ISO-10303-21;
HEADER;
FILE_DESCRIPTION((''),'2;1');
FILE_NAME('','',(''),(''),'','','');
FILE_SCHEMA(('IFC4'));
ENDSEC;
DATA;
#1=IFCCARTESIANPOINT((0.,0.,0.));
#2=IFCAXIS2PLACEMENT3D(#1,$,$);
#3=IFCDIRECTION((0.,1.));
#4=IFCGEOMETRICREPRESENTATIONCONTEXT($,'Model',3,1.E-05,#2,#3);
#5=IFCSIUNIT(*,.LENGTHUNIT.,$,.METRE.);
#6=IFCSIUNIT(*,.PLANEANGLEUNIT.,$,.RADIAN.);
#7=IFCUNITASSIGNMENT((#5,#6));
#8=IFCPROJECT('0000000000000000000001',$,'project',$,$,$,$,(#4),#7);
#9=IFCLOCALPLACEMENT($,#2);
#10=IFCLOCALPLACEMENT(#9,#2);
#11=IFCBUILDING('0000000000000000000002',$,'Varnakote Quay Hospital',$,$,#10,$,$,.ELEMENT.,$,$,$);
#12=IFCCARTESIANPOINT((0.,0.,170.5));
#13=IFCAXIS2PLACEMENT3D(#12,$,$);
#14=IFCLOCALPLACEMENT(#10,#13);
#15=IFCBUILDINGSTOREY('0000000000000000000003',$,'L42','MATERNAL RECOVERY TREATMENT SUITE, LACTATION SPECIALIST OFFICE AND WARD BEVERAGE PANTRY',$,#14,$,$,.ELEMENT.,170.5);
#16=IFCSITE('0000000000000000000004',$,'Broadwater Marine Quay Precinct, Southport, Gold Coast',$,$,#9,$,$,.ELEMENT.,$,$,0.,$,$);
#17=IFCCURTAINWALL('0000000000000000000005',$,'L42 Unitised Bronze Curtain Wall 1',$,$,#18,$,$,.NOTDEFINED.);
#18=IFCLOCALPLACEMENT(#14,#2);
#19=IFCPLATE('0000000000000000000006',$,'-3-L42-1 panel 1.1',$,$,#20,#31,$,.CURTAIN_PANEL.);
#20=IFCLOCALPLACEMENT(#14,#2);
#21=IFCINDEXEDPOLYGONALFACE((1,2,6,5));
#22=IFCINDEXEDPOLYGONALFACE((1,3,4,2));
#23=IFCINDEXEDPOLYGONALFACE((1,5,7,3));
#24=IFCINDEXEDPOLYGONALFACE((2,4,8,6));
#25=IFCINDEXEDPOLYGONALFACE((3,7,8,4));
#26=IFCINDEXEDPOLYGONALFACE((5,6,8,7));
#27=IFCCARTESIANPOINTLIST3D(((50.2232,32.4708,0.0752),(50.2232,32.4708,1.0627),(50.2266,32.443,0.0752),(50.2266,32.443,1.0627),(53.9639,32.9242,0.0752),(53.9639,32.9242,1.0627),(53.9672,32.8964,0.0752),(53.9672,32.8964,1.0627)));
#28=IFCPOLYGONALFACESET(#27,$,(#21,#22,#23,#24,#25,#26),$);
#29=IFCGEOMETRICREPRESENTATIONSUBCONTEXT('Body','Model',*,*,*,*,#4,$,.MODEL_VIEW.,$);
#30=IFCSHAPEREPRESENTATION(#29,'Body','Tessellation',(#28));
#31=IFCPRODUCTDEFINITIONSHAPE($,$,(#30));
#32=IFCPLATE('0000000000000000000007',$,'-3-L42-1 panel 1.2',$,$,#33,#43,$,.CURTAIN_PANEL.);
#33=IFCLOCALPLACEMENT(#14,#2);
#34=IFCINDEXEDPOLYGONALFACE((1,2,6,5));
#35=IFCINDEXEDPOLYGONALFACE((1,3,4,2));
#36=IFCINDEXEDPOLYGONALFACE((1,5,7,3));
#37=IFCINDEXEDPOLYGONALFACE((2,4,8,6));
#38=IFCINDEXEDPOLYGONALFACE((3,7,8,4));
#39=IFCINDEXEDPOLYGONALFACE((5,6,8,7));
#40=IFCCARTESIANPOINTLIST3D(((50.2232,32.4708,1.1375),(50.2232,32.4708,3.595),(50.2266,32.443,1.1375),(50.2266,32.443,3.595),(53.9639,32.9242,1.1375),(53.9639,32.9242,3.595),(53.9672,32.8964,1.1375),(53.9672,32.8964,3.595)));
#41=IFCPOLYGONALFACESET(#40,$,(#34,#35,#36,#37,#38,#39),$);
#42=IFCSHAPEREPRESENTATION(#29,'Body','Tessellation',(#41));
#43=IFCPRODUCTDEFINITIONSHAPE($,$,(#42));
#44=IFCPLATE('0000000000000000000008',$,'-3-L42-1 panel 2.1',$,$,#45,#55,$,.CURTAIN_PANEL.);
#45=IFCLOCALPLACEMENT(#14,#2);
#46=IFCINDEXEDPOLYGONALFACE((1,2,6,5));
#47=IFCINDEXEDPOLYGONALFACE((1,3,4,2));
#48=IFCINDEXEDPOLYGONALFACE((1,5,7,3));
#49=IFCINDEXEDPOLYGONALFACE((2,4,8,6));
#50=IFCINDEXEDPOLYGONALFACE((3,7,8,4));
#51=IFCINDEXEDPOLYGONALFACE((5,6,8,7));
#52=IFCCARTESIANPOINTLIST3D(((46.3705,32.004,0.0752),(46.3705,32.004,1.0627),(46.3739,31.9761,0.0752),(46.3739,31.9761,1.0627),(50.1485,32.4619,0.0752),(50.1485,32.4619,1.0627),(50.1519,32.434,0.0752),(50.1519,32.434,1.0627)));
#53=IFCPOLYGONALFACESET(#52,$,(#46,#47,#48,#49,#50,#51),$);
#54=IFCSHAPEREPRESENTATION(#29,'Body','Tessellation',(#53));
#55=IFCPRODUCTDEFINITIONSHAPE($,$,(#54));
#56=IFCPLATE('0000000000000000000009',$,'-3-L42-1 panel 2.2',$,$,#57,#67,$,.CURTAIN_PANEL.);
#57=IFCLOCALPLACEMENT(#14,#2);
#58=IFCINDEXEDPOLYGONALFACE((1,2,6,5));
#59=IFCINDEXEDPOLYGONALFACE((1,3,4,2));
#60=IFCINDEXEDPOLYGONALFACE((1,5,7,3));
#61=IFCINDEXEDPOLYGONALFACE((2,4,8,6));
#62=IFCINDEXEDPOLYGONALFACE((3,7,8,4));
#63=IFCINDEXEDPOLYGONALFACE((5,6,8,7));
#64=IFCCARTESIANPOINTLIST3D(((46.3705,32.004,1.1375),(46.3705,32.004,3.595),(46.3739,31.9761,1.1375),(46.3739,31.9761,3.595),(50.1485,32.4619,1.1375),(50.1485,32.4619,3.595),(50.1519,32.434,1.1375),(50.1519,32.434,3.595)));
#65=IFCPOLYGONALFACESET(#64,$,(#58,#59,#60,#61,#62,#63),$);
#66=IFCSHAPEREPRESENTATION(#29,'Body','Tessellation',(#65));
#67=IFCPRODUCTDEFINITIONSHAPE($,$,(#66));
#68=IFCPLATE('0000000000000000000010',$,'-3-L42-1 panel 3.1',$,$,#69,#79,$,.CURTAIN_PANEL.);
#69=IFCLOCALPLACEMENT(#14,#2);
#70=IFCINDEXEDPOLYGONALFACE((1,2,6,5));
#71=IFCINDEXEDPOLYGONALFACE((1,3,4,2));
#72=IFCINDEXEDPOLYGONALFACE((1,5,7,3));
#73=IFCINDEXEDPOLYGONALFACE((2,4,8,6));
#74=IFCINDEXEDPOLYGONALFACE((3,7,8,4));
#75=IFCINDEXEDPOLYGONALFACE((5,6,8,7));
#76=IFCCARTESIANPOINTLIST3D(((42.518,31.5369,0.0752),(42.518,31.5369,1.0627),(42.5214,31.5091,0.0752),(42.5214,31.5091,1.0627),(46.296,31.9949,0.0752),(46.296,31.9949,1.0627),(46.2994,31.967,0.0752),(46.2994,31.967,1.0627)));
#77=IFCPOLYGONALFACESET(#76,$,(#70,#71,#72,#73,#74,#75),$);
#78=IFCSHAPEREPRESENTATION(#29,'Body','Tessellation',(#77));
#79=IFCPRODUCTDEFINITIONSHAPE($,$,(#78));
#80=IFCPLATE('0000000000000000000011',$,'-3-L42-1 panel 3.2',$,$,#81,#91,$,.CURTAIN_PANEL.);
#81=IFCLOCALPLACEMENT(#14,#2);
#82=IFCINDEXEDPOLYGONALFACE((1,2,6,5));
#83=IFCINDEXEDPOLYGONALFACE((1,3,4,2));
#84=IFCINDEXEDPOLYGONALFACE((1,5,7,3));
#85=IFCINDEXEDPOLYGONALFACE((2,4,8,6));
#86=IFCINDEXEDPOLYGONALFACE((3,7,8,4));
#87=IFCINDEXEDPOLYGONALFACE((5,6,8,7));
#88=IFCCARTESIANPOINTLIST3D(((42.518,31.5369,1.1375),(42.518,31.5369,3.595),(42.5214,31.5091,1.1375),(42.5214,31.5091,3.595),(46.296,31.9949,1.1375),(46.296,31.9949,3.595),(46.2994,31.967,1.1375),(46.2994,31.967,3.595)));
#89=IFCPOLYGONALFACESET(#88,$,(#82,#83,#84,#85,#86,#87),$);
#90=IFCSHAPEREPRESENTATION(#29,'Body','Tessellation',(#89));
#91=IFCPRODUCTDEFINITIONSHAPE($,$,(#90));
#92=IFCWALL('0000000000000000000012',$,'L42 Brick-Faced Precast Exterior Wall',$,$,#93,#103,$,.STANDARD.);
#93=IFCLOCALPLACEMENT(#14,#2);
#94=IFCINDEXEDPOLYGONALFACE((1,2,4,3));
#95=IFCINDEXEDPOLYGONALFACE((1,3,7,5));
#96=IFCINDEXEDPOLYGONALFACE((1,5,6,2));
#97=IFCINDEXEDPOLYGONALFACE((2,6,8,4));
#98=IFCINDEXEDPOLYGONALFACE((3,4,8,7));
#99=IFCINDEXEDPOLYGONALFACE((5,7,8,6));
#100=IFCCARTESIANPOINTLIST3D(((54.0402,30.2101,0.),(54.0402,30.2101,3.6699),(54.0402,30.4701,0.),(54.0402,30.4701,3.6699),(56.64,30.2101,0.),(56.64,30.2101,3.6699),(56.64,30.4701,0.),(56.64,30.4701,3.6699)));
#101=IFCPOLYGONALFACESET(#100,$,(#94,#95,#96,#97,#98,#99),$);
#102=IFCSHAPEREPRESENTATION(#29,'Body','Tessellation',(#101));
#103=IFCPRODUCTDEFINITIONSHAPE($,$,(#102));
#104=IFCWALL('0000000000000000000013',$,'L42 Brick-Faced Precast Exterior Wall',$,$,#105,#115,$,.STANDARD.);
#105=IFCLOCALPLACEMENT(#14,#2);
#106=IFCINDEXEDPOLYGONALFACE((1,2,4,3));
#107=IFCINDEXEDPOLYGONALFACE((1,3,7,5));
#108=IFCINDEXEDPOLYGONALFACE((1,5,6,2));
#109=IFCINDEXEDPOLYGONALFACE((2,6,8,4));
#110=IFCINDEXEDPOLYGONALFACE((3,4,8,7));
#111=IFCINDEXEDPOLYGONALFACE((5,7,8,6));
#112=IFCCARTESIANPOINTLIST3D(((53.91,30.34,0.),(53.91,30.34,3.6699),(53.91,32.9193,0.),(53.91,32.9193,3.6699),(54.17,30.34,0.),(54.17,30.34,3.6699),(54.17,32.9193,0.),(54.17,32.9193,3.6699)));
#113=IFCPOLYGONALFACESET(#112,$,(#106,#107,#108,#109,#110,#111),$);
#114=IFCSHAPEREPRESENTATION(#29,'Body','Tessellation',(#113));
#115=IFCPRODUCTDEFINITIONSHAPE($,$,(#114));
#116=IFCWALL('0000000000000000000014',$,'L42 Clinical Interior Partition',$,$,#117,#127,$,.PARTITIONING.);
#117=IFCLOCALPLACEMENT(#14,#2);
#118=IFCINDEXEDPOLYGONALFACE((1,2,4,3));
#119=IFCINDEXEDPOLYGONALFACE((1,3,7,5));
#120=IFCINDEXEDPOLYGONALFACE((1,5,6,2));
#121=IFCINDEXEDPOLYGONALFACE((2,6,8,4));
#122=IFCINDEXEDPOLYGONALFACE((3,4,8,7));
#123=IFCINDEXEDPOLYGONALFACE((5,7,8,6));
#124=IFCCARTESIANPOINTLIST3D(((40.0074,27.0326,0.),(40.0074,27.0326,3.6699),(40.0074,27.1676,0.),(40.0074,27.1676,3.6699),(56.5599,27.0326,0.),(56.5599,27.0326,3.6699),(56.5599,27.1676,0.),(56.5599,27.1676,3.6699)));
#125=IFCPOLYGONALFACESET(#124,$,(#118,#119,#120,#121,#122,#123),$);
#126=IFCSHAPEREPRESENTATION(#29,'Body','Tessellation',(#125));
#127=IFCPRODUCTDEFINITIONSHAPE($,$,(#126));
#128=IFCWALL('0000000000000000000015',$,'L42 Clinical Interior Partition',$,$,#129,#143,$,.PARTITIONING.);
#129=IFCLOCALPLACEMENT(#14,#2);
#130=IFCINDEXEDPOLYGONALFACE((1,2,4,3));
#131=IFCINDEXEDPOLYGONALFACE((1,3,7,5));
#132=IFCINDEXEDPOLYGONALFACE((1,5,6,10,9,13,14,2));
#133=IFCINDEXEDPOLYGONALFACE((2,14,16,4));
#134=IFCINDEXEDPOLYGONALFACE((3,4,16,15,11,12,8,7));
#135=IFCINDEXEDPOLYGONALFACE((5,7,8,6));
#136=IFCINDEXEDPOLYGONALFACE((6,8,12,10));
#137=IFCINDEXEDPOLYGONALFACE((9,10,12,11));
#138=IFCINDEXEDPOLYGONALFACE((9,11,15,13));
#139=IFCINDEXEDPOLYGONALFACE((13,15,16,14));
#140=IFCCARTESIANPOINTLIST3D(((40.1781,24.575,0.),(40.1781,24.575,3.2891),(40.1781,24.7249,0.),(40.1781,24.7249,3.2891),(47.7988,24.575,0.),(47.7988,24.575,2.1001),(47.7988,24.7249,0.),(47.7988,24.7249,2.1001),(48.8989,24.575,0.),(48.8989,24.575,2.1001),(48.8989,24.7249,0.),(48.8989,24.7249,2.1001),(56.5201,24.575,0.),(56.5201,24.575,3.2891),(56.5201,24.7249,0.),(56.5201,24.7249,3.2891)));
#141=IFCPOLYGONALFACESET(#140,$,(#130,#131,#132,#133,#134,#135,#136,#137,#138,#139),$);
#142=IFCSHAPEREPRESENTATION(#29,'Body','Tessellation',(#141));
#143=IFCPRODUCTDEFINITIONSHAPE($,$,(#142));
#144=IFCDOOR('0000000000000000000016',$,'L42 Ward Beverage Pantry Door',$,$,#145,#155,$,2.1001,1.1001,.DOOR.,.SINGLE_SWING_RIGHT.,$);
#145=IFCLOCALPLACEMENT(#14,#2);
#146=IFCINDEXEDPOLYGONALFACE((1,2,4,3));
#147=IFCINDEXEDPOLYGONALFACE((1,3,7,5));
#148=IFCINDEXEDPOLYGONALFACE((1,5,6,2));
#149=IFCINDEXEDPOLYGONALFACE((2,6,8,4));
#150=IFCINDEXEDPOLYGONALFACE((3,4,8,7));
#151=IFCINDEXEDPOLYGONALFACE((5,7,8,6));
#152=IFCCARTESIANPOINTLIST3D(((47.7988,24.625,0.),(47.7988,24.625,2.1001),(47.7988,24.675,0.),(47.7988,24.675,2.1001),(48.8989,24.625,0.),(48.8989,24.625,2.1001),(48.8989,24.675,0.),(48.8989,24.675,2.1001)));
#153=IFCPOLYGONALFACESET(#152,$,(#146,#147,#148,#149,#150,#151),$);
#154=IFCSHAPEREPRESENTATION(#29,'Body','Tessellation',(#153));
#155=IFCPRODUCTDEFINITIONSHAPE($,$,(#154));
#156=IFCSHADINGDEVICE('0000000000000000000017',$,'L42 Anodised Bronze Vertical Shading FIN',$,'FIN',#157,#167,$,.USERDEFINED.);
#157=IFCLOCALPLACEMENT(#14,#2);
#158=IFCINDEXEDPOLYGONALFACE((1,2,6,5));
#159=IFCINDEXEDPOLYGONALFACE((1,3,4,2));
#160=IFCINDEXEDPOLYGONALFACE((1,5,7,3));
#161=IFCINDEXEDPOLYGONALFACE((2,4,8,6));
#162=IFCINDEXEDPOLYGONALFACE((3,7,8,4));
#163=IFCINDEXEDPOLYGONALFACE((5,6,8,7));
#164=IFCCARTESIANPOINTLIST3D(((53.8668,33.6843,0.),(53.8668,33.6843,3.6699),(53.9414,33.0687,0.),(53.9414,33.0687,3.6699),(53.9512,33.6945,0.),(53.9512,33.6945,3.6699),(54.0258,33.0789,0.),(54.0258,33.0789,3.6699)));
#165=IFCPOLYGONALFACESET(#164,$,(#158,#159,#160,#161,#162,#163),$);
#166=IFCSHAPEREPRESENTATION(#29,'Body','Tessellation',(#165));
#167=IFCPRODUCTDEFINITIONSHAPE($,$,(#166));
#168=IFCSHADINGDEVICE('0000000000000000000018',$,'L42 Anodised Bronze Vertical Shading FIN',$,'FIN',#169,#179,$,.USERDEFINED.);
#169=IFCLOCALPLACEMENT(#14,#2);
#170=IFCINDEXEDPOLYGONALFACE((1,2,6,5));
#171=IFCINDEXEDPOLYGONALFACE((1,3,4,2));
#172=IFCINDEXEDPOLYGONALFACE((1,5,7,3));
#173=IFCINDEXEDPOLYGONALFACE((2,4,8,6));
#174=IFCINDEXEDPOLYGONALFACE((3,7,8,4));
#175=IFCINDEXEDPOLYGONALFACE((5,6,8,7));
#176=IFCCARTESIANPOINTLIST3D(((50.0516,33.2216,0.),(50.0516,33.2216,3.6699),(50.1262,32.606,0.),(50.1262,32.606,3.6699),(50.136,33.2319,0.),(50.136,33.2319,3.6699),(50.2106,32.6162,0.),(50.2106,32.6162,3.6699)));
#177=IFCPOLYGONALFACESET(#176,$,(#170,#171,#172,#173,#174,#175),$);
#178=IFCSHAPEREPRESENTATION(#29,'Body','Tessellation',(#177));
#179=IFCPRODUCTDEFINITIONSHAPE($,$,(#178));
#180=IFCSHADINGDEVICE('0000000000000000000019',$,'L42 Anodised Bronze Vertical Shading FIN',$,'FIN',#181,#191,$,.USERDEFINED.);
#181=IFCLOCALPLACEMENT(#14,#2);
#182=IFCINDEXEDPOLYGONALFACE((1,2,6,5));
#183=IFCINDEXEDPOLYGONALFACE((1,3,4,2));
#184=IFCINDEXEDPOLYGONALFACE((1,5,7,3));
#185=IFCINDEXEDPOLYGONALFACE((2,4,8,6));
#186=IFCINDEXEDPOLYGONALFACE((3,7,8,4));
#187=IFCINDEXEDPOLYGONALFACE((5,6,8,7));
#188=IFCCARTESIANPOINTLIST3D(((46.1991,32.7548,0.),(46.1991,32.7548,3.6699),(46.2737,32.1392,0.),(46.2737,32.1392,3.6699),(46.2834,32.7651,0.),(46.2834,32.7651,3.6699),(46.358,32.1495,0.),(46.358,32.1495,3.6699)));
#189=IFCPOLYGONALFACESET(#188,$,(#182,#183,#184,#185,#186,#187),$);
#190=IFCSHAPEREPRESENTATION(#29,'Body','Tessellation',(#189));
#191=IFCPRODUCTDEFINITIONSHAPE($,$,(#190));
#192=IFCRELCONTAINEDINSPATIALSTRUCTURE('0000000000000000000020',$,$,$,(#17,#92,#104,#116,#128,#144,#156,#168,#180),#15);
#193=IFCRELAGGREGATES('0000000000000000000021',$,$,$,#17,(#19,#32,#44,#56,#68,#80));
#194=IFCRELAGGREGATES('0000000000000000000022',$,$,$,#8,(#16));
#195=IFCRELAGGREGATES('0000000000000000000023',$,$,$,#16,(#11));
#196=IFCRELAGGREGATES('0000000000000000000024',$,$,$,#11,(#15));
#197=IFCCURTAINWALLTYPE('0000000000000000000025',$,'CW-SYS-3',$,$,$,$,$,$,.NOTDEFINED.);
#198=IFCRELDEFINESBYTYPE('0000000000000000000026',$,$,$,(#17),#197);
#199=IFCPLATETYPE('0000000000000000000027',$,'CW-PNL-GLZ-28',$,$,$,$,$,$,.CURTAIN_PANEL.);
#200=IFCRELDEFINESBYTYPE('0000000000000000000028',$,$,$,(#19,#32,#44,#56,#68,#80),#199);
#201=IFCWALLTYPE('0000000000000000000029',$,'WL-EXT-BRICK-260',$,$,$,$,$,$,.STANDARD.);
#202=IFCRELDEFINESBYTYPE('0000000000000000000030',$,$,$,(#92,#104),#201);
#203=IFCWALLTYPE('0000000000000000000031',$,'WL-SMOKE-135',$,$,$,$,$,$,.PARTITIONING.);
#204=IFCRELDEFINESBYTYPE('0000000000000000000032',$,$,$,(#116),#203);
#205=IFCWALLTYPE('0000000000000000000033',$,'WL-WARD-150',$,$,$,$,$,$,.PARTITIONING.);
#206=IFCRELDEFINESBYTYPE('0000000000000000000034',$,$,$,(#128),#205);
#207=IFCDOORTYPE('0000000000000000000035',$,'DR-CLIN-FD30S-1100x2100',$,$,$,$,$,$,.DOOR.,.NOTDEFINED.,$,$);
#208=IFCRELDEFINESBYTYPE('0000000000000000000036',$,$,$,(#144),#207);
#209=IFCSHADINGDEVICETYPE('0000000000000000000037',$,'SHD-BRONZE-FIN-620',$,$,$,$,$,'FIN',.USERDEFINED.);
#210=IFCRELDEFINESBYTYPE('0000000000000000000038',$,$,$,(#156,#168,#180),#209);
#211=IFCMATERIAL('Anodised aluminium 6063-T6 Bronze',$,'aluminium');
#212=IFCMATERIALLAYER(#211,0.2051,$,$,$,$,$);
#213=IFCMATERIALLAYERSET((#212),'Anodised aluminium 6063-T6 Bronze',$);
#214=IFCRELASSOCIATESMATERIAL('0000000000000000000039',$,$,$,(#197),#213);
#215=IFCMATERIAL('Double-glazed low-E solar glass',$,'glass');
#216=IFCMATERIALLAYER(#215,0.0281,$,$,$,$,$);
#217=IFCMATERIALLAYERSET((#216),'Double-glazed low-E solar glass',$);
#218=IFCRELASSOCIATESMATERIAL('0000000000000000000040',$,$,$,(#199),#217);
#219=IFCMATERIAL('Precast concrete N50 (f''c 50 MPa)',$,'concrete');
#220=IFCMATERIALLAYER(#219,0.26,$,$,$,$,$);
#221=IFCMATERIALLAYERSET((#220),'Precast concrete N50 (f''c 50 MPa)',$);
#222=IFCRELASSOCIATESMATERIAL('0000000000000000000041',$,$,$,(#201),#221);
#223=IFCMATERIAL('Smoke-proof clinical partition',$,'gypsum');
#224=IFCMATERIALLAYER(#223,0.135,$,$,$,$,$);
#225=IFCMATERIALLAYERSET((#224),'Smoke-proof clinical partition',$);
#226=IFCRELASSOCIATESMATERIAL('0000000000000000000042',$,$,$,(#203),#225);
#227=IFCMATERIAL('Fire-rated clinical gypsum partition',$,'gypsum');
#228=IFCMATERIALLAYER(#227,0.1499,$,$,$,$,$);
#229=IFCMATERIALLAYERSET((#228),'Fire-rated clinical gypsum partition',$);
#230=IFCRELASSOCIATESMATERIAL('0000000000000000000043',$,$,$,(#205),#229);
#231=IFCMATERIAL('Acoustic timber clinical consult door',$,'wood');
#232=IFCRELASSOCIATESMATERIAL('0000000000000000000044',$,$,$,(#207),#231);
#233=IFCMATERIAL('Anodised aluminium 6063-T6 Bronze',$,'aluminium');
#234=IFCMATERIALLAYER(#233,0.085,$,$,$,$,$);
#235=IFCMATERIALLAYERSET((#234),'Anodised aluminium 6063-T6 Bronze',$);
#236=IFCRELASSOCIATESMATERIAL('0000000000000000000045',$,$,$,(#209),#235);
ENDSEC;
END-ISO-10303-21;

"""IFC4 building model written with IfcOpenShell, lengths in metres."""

from ifc_helpers import new_model, si_unit, direction, frame, frame_2d, origin, origin_2d, place, context, subcontext, project, spatial, rectangle, extrude, material, layer, layer_set, type_object, element, fill, aggregate, save


model = new_model("IFC4")

# Units and contexts
model_context = context("Model", 3, precision=1e-05, world=origin(), true_north=direction((0.0, 1.0)))
body_context = subcontext(model_context, "Body", "Model", "MODEL_VIEW")
ifc_project = project(units=[si_unit("LENGTHUNIT", "METRE"), si_unit("PLANEANGLEUNIT", "RADIAN")], contexts=[model_context])

# Site, building, storey
site_placement = place(None, origin())
site = spatial("IfcSite", under=ifc_project, at=site_placement, Name="Broadwater Marine Quay Precinct, Southport, Gold Coast", CompositionType="ELEMENT", RefElevation=0.0)
building_placement = place(site_placement, origin())
building = spatial("IfcBuilding", under=site, at=building_placement, Name="Varnakote Quay Hospital", CompositionType="ELEMENT")
storey_placement = place(building_placement, frame((0.0, 0.0, 170.5)))
storey = spatial("IfcBuildingStorey", under=building, at=storey_placement, Name="L42", Description="MATERNAL RECOVERY TREATMENT SUITE, LACTATION SPECIALIST OFFICE AND WARD BEVERAGE PANTRY", CompositionType="ELEMENT", Elevation=170.5)

# Curtain wall
ifc_material_1 = material(Name="Anodised aluminium 6063-T6 Bronze", Category="aluminium")
ifc_layer_1 = layer(ifc_material_1, 0.2051)
ifc_layer_set_1 = layer_set([ifc_layer_1], Name="Anodised aluminium 6063-T6 Bronze")
curtain_wall_type = type_object("IfcCurtainWallType", Name="CW-SYS-3", PredefinedType="NOTDEFINED", material=ifc_layer_set_1)
curtain_wall_placement = place(storey_placement, origin())
curtain_wall = element("IfcCurtainWall", 1, at=curtain_wall_placement, inside=storey, type_object=curtain_wall_type, Name="L42 Unitised Bronze Curtain Wall 1", PredefinedType="NOTDEFINED")

# Plates
ifc_material_2 = material(Name="Double-glazed low-E solar glass", Category="glass")
ifc_layer_2 = layer(ifc_material_2, 0.0281)
ifc_layer_set_2 = layer_set([ifc_layer_2], Name="Double-glazed low-E solar glass")
plate_type = type_object("IfcPlateType", Name="CW-PNL-GLZ-28", PredefinedType="CURTAIN_PANEL", material=ifc_layer_set_2)
plate_1_placement = place(storey_placement, frame((52.0952, 32.6836, 0.0752), z_axis=(0.0, 0.0, 1.0), x_axis=(-0.992734, -0.120327, 0.0)))
plate_1 = element("IfcPlate", 2, at=plate_1_placement, type_object=plate_type, Name="-3-L42-1 panel 1.1", PredefinedType="CURTAIN_PANEL", context=body_context, shape_type="SweptSolid", body=[
    extrude(rectangle(XDim=3.7681, YDim=0.0281, at=origin_2d()), origin(), (0.0, 0.0, 1.0), 0.9875),
])
plate_2_placement = place(storey_placement, frame((52.0952, 32.6836, 1.1375), z_axis=(0.0, 0.0, 1.0), x_axis=(-0.992734, -0.120327, 0.0)))
plate_2 = element("IfcPlate", 3, at=plate_2_placement, type_object=plate_type, Name="-3-L42-1 panel 1.2", PredefinedType="CURTAIN_PANEL", context=body_context, shape_type="SweptSolid", body=[
    extrude(rectangle(XDim=3.7681, YDim=0.0281, at=origin_2d()), origin(), (0.0, 0.0, 1.0), 2.4575),
])
plate_3_placement = place(storey_placement, frame((48.2612, 32.219, 0.0752), z_axis=(0.0, 0.0, 1.0), x_axis=(-0.992734, -0.120327, 0.0)))
plate_3 = element("IfcPlate", 4, at=plate_3_placement, type_object=plate_type, Name="-3-L42-1 panel 2.1", PredefinedType="CURTAIN_PANEL", context=body_context, shape_type="SweptSolid", body=[
    extrude(rectangle(XDim=3.8057, YDim=0.0281, at=origin_2d()), origin(), (0.0, 0.0, 1.0), 0.9875),
])
plate_4_placement = place(storey_placement, frame((48.2612, 32.219, 1.1375), z_axis=(0.0, 0.0, 1.0), x_axis=(-0.992734, -0.120327, 0.0)))
plate_4 = element("IfcPlate", 5, at=plate_4_placement, type_object=plate_type, Name="-3-L42-1 panel 2.2", PredefinedType="CURTAIN_PANEL", context=body_context, shape_type="SweptSolid", body=[
    extrude(rectangle(XDim=3.8057, YDim=0.0281, at=origin_2d()), origin(), (0.0, 0.0, 1.0), 2.4575),
])
plate_5_placement = place(storey_placement, frame((44.4087, 31.752, 0.0752), z_axis=(0.0, 0.0, 1.0), x_axis=(-0.992734, -0.120327, 0.0)))
plate_5 = element("IfcPlate", 6, at=plate_5_placement, type_object=plate_type, Name="-3-L42-1 panel 3.1", PredefinedType="CURTAIN_PANEL", context=body_context, shape_type="SweptSolid", body=[
    extrude(rectangle(XDim=3.8057, YDim=0.0281, at=origin_2d()), origin(), (0.0, 0.0, 1.0), 0.9875),
])
plate_6_placement = place(storey_placement, frame((44.4087, 31.752, 1.1375), z_axis=(0.0, 0.0, 1.0), x_axis=(-0.992734, -0.120327, 0.0)))
plate_6 = element("IfcPlate", 7, at=plate_6_placement, type_object=plate_type, Name="-3-L42-1 panel 3.2", PredefinedType="CURTAIN_PANEL", context=body_context, shape_type="SweptSolid", body=[
    extrude(rectangle(XDim=3.8057, YDim=0.0281, at=origin_2d()), origin(), (0.0, 0.0, 1.0), 2.4575),
])
aggregate(curtain_wall, [plate_1, plate_2, plate_3, plate_4, plate_5, plate_6])

# Walls
ifc_material_3 = material(Name="Precast concrete N50 (f'c 50 MPa)", Category="concrete")
ifc_layer_3 = layer(ifc_material_3, 0.26)
ifc_layer_set_3 = layer_set([ifc_layer_3], Name="Precast concrete N50 (f'c 50 MPa)")
wall_type_1 = type_object("IfcWallType", Name="WL-EXT-BRICK-260", PredefinedType="STANDARD", material=ifc_layer_set_3)
wall_1_placement = place(storey_placement, frame((56.6399, 30.3401, 0.0), z_axis=(0.0, 0.0, 1.0), x_axis=(-1.0, 0.0, 0.0)))
element("IfcWall", 8, at=wall_1_placement, inside=storey, type_object=wall_type_1, Name="L42 Brick-Faced Precast Exterior Wall", PredefinedType="STANDARD", context=body_context, shape_type="SweptSolid", body=[
    extrude(rectangle(XDim=2.5999, YDim=0.26, at=frame_2d((1.2998, 0.0))), origin(), (0.0, 0.0, 1.0), 3.6699),
])
wall_2_placement = place(storey_placement, frame((54.04, 30.3401, 0.0), z_axis=(0.0, 0.0, 1.0), x_axis=(0.0, 1.0, 0.0)))
element("IfcWall", 9, at=wall_2_placement, inside=storey, type_object=wall_type_1, Name="L42 Brick-Faced Precast Exterior Wall", PredefinedType="STANDARD", context=body_context, shape_type="SweptSolid", body=[
    extrude(rectangle(XDim=2.5793, YDim=0.26, at=frame_2d((1.2896, 0.0))), origin(), (0.0, 0.0, 1.0), 3.6699),
])
ifc_material_4 = material(Name="Smoke-proof clinical partition", Category="gypsum")
ifc_layer_4 = layer(ifc_material_4, 0.135)
ifc_layer_set_4 = layer_set([ifc_layer_4], Name="Smoke-proof clinical partition")
wall_type_2 = type_object("IfcWallType", Name="WL-SMOKE-135", PredefinedType="PARTITIONING", material=ifc_layer_set_4)
wall_3_placement = place(storey_placement, frame((56.5601, 27.1001, 0.0), z_axis=(0.0, 0.0, 1.0), x_axis=(-1.0, 0.0, 0.0)))
element("IfcWall", 10, at=wall_3_placement, inside=storey, type_object=wall_type_2, Name="L42 Clinical Interior Partition", PredefinedType="PARTITIONING", context=body_context, shape_type="SweptSolid", body=[
    extrude(rectangle(XDim=16.5525, YDim=0.135, at=frame_2d((8.2764, 0.0))), origin(), (0.0, 0.0, 1.0), 3.6699),
])

# Wall, opening, door
ifc_material_5 = material(Name="Fire-rated clinical gypsum partition", Category="gypsum")
ifc_layer_5 = layer(ifc_material_5, 0.1499)
ifc_layer_set_5 = layer_set([ifc_layer_5], Name="Fire-rated clinical gypsum partition")
wall_type_3 = type_object("IfcWallType", Name="WL-WARD-150", PredefinedType="PARTITIONING", material=ifc_layer_set_5)
wall_4_placement = place(storey_placement, frame((56.52, 24.6499, 0.0), z_axis=(0.0, 0.0, 1.0), x_axis=(-1.0, 0.0, 0.0)))
wall_4 = element("IfcWall", 11, at=wall_4_placement, inside=storey, type_object=wall_type_3, Name="L42 Clinical Interior Partition", PredefinedType="PARTITIONING", context=body_context, shape_type="SweptSolid", body=[
    extrude(rectangle(XDim=16.342, YDim=0.1499, at=frame_2d((8.1709, 0.0))), origin(), (0.0, 0.0, 1.0), 3.2891),
])
opening_placement = place(wall_4_placement, frame((7.6211, 0.0, 0.0)))
opening = element("IfcOpeningElement", 12, at=opening_placement, cuts=wall_4, PredefinedType="OPENING", context=body_context, shape_type="SweptSolid", body=[
    extrude(rectangle(XDim=1.1001, YDim=2.1001, at=frame_2d((0.55, 1.05))), frame((0.0, 0.085, 0.0), z_axis=(0.0, -1.0, 0.0), x_axis=(1.0, 0.0, 0.0)), (0.0, 0.0, 1.0), 0.1699),
])
ifc_material_6 = material(Name="Acoustic timber clinical consult door", Category="wood")
door_type = type_object("IfcDoorType", Name="DR-CLIN-FD30S-1100x2100", OperationType="NOTDEFINED", PredefinedType="DOOR", material=ifc_material_6)
door_placement = place(opening_placement, origin())
door = element("IfcDoor", 13, at=door_placement, inside=storey, type_object=door_type, Name="L42 Ward Beverage Pantry Door", OperationType="SINGLE_SWING_RIGHT", OverallHeight=2.1001, OverallWidth=1.1001, PredefinedType="DOOR", context=body_context, shape_type="SweptSolid", body=[
    extrude(rectangle(XDim=1.1001, YDim=2.1001, at=frame_2d((0.55, 1.05))), frame((0.0, 0.0249, 0.0), z_axis=(0.0, -1.0, 0.0), x_axis=(1.0, 0.0, 0.0)), (0.0, 0.0, 1.0), 0.05),
])
fill(opening, door)

# Shading devices
ifc_material_7 = material(Name="Anodised aluminium 6063-T6 Bronze", Category="aluminium")
ifc_layer_6 = layer(ifc_material_7, 0.085)
ifc_layer_set_6 = layer_set([ifc_layer_6], Name="Anodised aluminium 6063-T6 Bronze")
shading_device_type = type_object("IfcShadingDeviceType", Name="SHD-BRONZE-FIN-620", ElementType="FIN", PredefinedType="USERDEFINED", material=ifc_layer_set_6)
for number, where, z_axis, x_axis, name in (
    (14, (53.9463, 33.3816, 0.0), (0.0, 0.0, 1.0), (0.12031, -0.992736, 0.0), "L42 Anodised Bronze Vertical Shading FIN"),
    (15, (50.1311, 32.9189, 0.0), (0.0, 0.0, 1.0), (0.12031, -0.992736, 0.0), "L42 Anodised Bronze Vertical Shading FIN"),
    (16, (46.2786, 32.4521, 0.0), (0.0, 0.0, 1.0), (0.12031, -0.992736, 0.0), "L42 Anodised Bronze Vertical Shading FIN"),
):
    element("IfcShadingDevice", number, at=place(storey_placement, frame(where, z_axis=z_axis, x_axis=x_axis)), inside=storey, type_object=shading_device_type, Name=name, ObjectType="FIN", PredefinedType="USERDEFINED", context=body_context, shape_type="SweptSolid", body=[
        extrude(rectangle(XDim=0.6201, YDim=0.085, at=origin_2d()), origin(), (0.0, 0.0, 1.0), 3.6699),
    ])

save(model, "model.ifc")
